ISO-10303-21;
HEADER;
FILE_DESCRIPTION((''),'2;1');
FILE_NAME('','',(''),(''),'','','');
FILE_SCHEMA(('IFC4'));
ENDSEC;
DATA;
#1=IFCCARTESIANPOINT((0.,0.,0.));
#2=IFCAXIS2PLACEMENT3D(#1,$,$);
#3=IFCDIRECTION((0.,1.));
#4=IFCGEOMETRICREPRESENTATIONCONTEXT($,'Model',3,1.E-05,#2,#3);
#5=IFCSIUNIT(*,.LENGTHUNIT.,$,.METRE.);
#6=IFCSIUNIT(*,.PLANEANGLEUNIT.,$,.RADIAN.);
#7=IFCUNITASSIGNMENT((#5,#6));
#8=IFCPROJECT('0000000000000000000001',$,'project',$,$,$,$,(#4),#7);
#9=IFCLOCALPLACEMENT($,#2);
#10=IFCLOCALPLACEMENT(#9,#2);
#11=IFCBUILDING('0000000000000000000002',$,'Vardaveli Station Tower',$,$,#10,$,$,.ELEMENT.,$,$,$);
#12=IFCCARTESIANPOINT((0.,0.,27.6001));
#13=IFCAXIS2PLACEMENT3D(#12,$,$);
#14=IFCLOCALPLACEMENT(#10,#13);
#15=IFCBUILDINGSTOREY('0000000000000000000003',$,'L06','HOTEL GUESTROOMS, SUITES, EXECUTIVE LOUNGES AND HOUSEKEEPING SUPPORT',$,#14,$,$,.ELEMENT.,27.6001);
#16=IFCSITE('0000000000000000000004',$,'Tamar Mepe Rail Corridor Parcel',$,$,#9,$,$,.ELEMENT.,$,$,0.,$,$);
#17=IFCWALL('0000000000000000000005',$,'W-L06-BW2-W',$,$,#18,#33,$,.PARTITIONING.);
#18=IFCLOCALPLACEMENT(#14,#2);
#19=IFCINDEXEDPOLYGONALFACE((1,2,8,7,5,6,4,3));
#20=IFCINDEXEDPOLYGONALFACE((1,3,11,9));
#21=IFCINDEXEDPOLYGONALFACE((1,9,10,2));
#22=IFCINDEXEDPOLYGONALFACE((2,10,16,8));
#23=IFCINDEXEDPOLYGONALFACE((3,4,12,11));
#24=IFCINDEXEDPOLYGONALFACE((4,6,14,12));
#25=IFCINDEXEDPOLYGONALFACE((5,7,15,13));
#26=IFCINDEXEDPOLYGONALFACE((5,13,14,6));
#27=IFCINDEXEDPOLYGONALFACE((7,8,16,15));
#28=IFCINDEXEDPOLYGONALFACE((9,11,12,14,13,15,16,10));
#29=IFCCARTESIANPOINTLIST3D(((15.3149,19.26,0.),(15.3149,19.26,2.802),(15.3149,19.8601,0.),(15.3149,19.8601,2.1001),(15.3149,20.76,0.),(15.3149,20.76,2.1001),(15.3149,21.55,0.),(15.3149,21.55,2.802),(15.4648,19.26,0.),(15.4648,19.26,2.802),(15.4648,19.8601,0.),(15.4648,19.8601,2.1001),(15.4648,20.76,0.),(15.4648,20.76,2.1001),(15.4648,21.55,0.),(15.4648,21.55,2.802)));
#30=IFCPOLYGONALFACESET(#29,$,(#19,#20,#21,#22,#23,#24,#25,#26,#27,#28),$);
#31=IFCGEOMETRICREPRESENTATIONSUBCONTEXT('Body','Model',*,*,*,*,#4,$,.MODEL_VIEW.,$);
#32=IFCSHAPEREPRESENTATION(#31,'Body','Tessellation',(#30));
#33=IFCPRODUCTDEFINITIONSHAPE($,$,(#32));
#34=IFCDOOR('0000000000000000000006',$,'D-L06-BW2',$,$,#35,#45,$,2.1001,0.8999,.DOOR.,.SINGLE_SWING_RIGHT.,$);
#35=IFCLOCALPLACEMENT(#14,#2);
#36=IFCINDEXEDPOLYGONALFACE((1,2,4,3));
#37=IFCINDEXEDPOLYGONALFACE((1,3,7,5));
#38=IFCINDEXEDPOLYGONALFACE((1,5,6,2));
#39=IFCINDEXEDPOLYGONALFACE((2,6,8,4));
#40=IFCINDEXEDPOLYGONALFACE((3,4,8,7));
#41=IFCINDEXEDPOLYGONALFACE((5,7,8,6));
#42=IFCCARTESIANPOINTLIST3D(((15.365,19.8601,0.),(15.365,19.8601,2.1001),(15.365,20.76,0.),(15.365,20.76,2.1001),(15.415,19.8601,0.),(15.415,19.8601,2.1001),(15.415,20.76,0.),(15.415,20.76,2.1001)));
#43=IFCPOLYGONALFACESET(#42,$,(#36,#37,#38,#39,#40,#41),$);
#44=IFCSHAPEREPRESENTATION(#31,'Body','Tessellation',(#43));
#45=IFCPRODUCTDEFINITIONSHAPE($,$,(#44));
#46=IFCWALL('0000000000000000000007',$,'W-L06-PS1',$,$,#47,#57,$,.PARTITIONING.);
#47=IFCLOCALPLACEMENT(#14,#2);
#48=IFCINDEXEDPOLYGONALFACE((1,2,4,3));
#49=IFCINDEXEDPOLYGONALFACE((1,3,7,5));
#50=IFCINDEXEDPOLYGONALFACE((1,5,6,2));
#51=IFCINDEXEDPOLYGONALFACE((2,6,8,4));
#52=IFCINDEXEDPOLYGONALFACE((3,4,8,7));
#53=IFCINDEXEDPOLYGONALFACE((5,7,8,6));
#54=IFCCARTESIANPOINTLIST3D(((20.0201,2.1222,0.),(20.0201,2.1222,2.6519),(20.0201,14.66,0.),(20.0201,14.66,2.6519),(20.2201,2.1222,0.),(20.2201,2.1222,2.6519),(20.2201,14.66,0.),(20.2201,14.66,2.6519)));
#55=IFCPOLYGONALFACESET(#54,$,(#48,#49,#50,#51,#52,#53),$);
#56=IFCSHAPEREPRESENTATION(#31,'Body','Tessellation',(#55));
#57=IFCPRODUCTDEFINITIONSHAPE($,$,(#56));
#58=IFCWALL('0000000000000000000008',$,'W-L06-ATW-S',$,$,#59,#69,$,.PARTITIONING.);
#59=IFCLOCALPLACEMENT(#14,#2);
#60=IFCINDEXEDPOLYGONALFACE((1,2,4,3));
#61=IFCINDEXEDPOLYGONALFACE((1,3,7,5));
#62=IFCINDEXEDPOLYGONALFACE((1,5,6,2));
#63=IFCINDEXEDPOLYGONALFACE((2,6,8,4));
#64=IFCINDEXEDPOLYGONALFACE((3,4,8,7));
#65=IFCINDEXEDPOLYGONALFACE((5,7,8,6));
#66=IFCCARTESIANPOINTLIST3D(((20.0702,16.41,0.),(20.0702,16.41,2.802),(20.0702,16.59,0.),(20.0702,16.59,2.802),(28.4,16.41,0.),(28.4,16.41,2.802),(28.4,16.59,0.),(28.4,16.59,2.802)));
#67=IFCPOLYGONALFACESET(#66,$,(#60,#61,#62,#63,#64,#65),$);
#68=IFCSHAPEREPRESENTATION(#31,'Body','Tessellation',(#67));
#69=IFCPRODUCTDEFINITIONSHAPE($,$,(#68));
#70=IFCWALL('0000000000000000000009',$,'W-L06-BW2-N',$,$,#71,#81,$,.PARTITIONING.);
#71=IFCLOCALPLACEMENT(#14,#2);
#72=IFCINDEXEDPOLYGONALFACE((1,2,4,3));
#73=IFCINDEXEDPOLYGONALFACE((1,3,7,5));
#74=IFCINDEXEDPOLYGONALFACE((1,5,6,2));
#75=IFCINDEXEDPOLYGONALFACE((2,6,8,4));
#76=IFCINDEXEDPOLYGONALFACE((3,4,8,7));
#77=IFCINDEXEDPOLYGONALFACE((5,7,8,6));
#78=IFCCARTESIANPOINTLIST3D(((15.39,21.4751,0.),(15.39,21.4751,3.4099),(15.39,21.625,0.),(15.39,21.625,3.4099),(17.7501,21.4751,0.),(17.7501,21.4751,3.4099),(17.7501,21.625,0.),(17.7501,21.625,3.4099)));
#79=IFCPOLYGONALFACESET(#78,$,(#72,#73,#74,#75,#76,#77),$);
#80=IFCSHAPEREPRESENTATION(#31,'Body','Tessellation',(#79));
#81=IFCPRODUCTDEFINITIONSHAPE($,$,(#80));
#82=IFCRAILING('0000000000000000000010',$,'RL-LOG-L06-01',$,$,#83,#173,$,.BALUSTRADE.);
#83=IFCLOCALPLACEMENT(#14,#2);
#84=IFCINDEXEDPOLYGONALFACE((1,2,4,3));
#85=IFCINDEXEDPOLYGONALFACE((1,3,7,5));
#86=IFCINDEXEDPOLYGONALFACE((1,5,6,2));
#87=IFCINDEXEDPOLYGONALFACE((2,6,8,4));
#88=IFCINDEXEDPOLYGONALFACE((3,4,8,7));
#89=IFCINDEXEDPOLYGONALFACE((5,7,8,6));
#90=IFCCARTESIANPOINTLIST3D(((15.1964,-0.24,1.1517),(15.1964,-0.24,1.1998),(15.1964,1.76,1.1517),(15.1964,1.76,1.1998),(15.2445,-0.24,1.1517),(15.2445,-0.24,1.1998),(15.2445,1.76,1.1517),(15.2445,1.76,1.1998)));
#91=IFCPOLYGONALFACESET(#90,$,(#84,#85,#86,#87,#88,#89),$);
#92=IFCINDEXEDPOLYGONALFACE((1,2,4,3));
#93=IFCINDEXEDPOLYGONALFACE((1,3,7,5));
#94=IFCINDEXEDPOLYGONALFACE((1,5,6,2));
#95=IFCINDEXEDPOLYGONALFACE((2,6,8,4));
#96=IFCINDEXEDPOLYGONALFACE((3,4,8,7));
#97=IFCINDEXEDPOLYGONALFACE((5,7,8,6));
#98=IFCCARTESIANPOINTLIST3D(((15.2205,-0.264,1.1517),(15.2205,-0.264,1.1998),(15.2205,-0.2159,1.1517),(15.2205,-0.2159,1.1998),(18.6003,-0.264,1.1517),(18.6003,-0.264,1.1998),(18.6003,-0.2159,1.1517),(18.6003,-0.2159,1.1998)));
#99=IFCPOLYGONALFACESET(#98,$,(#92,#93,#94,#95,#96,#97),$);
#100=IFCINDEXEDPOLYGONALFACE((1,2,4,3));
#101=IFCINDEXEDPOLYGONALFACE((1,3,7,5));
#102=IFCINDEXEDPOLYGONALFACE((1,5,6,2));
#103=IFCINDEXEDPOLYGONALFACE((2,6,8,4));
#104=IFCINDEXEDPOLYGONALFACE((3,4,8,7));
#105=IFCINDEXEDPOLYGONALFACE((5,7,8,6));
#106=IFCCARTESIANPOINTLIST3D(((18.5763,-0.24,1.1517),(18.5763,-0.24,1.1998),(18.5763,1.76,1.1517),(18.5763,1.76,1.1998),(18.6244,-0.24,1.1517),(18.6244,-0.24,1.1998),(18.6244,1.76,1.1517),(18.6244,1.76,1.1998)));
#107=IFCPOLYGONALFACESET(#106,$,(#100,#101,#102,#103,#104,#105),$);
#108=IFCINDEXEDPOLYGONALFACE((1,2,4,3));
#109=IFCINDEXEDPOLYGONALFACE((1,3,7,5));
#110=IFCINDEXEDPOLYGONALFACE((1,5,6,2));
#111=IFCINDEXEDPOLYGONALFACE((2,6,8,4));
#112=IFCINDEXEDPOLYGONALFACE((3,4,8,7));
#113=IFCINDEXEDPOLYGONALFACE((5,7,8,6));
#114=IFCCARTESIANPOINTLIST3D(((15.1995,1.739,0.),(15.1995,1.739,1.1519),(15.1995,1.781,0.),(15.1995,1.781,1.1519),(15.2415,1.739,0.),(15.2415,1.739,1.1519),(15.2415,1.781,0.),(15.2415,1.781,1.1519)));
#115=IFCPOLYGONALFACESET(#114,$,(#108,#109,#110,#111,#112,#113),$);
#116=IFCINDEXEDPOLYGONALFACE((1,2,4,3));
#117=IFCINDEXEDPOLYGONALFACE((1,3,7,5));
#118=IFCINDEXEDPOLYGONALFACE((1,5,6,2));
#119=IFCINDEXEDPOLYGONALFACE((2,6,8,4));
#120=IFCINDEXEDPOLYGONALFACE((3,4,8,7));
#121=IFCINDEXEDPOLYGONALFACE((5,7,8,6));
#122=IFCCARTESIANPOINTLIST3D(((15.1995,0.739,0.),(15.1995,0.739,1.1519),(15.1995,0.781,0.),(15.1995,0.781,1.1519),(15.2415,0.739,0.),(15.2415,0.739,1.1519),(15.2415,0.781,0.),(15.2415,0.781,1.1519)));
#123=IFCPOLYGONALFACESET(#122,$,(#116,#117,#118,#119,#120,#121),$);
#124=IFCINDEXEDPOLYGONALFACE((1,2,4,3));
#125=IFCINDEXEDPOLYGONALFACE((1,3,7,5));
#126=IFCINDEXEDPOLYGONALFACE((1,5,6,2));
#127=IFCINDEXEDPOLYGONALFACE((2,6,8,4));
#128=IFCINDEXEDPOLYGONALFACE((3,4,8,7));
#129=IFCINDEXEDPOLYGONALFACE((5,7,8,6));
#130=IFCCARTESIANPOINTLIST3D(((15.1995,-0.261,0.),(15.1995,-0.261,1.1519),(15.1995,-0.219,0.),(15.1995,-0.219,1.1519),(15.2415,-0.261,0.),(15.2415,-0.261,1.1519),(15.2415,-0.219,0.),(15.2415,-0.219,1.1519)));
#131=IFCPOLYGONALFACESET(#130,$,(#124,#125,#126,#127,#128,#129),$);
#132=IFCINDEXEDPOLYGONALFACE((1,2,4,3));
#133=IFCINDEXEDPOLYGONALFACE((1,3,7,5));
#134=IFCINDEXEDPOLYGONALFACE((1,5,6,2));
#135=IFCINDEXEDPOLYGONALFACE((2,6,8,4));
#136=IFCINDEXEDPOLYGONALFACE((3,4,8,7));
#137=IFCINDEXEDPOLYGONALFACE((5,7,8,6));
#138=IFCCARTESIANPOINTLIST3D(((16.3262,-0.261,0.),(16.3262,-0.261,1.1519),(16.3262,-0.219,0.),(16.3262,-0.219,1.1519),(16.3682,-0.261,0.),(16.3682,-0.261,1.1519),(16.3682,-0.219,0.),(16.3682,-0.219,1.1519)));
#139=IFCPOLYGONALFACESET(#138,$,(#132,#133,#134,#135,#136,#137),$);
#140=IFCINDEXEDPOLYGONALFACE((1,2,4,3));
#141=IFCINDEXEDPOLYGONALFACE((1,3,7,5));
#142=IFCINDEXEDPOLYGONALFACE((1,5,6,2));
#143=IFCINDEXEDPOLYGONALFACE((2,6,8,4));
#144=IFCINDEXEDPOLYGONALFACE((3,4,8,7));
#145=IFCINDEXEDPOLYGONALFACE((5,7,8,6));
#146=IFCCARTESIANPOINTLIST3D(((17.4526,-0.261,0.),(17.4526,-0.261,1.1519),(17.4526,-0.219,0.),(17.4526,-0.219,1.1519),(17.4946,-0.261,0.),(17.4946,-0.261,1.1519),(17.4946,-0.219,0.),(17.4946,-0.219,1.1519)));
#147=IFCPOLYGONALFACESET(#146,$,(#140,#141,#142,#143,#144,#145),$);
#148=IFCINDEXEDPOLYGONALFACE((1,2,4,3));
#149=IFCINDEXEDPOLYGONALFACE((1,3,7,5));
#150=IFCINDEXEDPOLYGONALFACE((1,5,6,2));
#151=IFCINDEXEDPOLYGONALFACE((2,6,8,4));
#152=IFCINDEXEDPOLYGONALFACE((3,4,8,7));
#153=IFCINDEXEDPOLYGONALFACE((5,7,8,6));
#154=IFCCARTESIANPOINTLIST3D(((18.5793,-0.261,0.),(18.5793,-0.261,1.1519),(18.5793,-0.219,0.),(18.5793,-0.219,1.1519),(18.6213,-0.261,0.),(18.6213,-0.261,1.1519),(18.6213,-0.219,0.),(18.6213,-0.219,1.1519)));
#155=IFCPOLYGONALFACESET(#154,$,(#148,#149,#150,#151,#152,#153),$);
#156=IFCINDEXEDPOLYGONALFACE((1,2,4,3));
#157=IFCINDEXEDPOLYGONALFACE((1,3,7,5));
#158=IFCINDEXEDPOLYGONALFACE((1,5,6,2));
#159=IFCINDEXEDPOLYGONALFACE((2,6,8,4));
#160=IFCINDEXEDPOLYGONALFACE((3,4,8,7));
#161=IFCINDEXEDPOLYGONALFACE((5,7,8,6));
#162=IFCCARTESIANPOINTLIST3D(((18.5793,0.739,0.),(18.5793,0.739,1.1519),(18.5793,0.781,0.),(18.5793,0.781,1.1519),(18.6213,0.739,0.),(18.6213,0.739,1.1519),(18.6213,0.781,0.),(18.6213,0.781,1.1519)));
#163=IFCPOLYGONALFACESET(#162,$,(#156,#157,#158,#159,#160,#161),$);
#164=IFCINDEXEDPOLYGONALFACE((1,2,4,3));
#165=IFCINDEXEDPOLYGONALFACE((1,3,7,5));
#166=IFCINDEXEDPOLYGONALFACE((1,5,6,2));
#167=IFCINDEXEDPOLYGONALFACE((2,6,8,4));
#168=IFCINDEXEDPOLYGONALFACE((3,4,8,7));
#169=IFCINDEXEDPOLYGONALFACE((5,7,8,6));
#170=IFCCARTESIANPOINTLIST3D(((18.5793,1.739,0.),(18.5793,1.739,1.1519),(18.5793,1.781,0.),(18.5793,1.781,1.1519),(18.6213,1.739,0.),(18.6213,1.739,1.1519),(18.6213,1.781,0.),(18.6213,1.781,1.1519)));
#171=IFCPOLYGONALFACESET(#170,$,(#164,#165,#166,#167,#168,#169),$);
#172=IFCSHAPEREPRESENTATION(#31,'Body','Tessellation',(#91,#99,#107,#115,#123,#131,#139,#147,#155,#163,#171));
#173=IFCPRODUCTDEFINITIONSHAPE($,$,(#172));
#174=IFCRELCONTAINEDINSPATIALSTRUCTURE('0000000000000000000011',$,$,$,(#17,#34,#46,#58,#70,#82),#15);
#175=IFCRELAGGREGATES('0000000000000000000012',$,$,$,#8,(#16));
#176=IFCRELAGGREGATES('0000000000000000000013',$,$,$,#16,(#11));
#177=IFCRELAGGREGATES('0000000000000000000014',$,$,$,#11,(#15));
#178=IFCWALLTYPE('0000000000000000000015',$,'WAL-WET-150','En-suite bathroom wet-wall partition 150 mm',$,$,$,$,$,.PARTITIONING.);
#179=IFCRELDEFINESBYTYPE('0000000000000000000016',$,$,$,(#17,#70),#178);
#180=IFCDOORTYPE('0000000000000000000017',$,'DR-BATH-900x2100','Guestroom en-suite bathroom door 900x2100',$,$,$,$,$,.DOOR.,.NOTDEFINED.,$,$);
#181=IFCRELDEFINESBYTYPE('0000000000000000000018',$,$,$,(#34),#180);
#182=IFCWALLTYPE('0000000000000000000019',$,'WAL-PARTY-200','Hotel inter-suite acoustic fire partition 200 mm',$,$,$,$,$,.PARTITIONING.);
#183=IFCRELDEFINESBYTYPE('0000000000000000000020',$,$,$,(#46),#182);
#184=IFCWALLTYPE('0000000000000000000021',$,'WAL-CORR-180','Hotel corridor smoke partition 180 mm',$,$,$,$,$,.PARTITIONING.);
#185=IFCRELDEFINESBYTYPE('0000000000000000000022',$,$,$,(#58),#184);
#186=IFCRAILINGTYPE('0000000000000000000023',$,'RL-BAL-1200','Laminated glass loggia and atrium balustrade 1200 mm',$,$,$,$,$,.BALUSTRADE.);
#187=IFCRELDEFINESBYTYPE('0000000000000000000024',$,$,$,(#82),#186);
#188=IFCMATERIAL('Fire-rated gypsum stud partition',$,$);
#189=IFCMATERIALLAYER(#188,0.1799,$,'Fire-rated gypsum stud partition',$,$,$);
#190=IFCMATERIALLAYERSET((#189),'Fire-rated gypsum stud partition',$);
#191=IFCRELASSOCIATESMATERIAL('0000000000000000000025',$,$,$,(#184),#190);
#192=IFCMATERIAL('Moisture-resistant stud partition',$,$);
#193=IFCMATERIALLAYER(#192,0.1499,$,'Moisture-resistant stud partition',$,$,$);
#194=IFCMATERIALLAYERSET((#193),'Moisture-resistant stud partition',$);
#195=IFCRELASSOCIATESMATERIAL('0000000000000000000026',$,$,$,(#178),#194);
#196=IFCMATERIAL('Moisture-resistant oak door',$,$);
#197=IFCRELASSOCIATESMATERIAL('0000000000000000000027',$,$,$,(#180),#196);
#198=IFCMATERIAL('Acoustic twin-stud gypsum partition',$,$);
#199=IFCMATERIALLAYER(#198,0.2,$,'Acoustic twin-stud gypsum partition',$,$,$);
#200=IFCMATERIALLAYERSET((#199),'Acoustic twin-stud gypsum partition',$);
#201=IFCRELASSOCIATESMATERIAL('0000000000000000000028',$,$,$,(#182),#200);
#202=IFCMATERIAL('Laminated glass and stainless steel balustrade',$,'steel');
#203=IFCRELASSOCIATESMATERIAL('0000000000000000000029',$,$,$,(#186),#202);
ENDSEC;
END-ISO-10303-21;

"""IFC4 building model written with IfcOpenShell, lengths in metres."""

from ifc_helpers import new_model, si_unit, direction, frame, frame_2d, origin, origin_2d, place, context, subcontext, project, spatial, rectangle, extrude, source, transform, mapped, material, layer, layer_set, type_object, element, fill, save


model = new_model("IFC4")

# Units and contexts
model_context = context("Model", 3, precision=1e-05, world=origin(), true_north=direction((0.0, 1.0)))
body_context = subcontext(model_context, "Body", "Model", "MODEL_VIEW")
ifc_project = project(units=[si_unit("LENGTHUNIT", "METRE"), si_unit("PLANEANGLEUNIT", "RADIAN")], contexts=[model_context])

# Site, building, storey
site_placement = place(None, origin())
site = spatial("IfcSite", under=ifc_project, at=site_placement, Name="Tamar Mepe Rail Corridor Parcel", CompositionType="ELEMENT", RefElevation=0.0)
building_placement = place(site_placement, origin())
building = spatial("IfcBuilding", under=site, at=building_placement, Name="Vardaveli Station Tower", CompositionType="ELEMENT")
storey_placement = place(building_placement, frame((0.0, 0.0, 27.6001)))
storey = spatial("IfcBuildingStorey", under=building, at=storey_placement, Name="L06", Description="HOTEL GUESTROOMS, SUITES, EXECUTIVE LOUNGES AND HOUSEKEEPING SUPPORT", CompositionType="ELEMENT", Elevation=27.6001)

# Shared definitions
ifc_material_1 = material(Name="Fire-rated gypsum stud partition")
ifc_layer_1 = layer(ifc_material_1, 0.1799, Name="Fire-rated gypsum stud partition")
ifc_layer_set_1 = layer_set([ifc_layer_1], Name="Fire-rated gypsum stud partition")
wall_type_1 = type_object("IfcWallType", Name="WAL-CORR-180", Description="Hotel corridor smoke partition 180 mm", PredefinedType="PARTITIONING", material=ifc_layer_set_1)

# Wall, opening, door
ifc_material_2 = material(Name="Moisture-resistant stud partition")
ifc_layer_2 = layer(ifc_material_2, 0.1499, Name="Moisture-resistant stud partition")
ifc_layer_set_2 = layer_set([ifc_layer_2], Name="Moisture-resistant stud partition")
wall_type_2 = type_object("IfcWallType", Name="WAL-WET-150", Description="En-suite bathroom wet-wall partition 150 mm", PredefinedType="PARTITIONING", material=ifc_layer_set_2)
shared_shape_1 = source(origin(), body_context, "Body", "SweptSolid", [
    extrude(rectangle(XDim=2.29, YDim=0.1499, at=frame_2d((1.145, 0.0))), origin(), (0.0, 0.0, 1.0), 2.802),
])
wall_1_placement = place(storey_placement, frame((15.3899, 19.26, 0.0), z_axis=(0.0, 0.0, 1.0), x_axis=(0.0, 1.0, 0.0)))
wall_1 = element("IfcWall", 1, at=wall_1_placement, inside=storey, type_object=wall_type_2, Name="W-L06-BW2-W", PredefinedType="PARTITIONING", context=body_context, shape_type="MappedRepresentation", body=[
    mapped(shared_shape_1, transform((0.0, 0.0, 0.0), scale=1.0)),
])
shared_shape_2 = source(origin(), body_context, "Body", "SweptSolid", [
    extrude(rectangle(XDim=0.8999, YDim=2.1001, at=frame_2d((0.45, 1.05))), frame((0.0, 0.085, 0.0), z_axis=(0.0, -1.0, 0.0), x_axis=(1.0, 0.0, 0.0)), (0.0, 0.0, 1.0), 0.1699),
])
opening_1_placement = place(wall_1_placement, frame((0.6001, 0.0, 0.0)))
opening_1 = element("IfcOpeningElement", 2, at=opening_1_placement, cuts=wall_1, PredefinedType="OPENING", context=body_context, shape_type="MappedRepresentation", body=[
    mapped(shared_shape_2, transform((0.0, 0.0, 0.0), scale=1.0)),
])
ifc_material_3 = material(Name="Moisture-resistant oak door")
door_type_1 = type_object("IfcDoorType", Name="DR-BATH-900x2100", Description="Guestroom en-suite bathroom door 900x2100", OperationType="NOTDEFINED", PredefinedType="DOOR", material=ifc_material_3)
shared_shape_3 = source(origin(), body_context, "Body", "SweptSolid", [
    extrude(rectangle(XDim=0.8999, YDim=2.1001, at=frame_2d((0.45, 1.05))), frame((0.0, 0.0249, 0.0), z_axis=(0.0, -1.0, 0.0), x_axis=(1.0, 0.0, 0.0)), (0.0, 0.0, 1.0), 0.05),
])
door_1_placement = place(opening_1_placement, origin())
door_1 = element("IfcDoor", 3, at=door_1_placement, inside=storey, type_object=door_type_1, Name="D-L06-BW2", OperationType="SINGLE_SWING_RIGHT", OverallHeight=2.1001, OverallWidth=0.8999, PredefinedType="DOOR", context=body_context, shape_type="MappedRepresentation", body=[
    mapped(shared_shape_3, transform((0.0, 0.0, 0.0), scale=1.0)),
])
fill(opening_1, door_1)

# Walls
ifc_material_4 = material(Name="Acoustic twin-stud gypsum partition")
ifc_layer_3 = layer(ifc_material_4, 0.2, Name="Acoustic twin-stud gypsum partition")
ifc_layer_set_3 = layer_set([ifc_layer_3], Name="Acoustic twin-stud gypsum partition")
wall_type_3 = type_object("IfcWallType", Name="WAL-PARTY-200", Description="Hotel inter-suite acoustic fire partition 200 mm", PredefinedType="PARTITIONING", material=ifc_layer_set_3)
shared_shape_4 = source(origin(), body_context, "Body", "SweptSolid", [
    extrude(rectangle(XDim=12.5378, YDim=0.2, at=frame_2d((6.269, 0.0))), origin(), (0.0, 0.0, 1.0), 2.6519),
])
wall_2_placement = place(storey_placement, frame((20.1201, 2.1221, 0.0), z_axis=(0.0, 0.0, 1.0), x_axis=(0.0, 1.0, 0.0)))
element("IfcWall", 4, at=wall_2_placement, inside=storey, type_object=wall_type_3, Name="W-L06-PS1", PredefinedType="PARTITIONING", context=body_context, shape_type="MappedRepresentation", body=[
    mapped(shared_shape_4, transform((0.0, 0.0, 0.0), scale=1.0)),
])
shared_shape_5 = source(origin(), body_context, "Body", "SweptSolid", [
    extrude(rectangle(XDim=8.3298, YDim=0.1799, at=frame_2d((4.165, 0.0))), origin(), (0.0, 0.0, 1.0), 2.802),
])
wall_3_placement = place(storey_placement, frame((20.0701, 16.5, 0.0), z_axis=(0.0, 0.0, 1.0), x_axis=(1.0, 0.0, 0.0)))
element("IfcWall", 5, at=wall_3_placement, inside=storey, type_object=wall_type_1, Name="W-L06-ATW-S", PredefinedType="PARTITIONING", context=body_context, shape_type="MappedRepresentation", body=[
    mapped(shared_shape_5, transform((0.0, 0.0, 0.0), scale=1.0)),
])
shared_shape_6 = source(origin(), body_context, "Body", "SweptSolid", [
    extrude(rectangle(XDim=2.3601, YDim=0.1499, at=frame_2d((1.1802, 0.0))), origin(), (0.0, 0.0, 1.0), 3.4099),
])
wall_4_placement = place(storey_placement, frame((15.3899, 21.55, 0.0), z_axis=(0.0, 0.0, 1.0), x_axis=(1.0, 0.0, 0.0)))
element("IfcWall", 6, at=wall_4_placement, inside=storey, type_object=wall_type_2, Name="W-L06-BW2-N", PredefinedType="PARTITIONING", context=body_context, shape_type="MappedRepresentation", body=[
    mapped(shared_shape_6, transform((0.0, 0.0, 0.0), scale=1.0)),
])

# Railing
ifc_material_5 = material(Name="Laminated glass and stainless steel balustrade", Category="steel")
railing_type = type_object("IfcRailingType", Name="RL-BAL-1200", Description="Laminated glass loggia and atrium balustrade 1200 mm", PredefinedType="BALUSTRADE", material=ifc_material_5)
shared_shape_7 = source(origin(), body_context, "Body", "SweptSolid", [
    extrude(rectangle(XDim=0.0481, YDim=0.0481, at=origin_2d()), frame((0.0, 0.0, 1.1758), z_axis=(0.0, -1.0, 0.0), x_axis=(1.0, 0.0, 0.0)), (0.0, 0.0, 1.0), 2.0),
    extrude(rectangle(XDim=0.0481, YDim=0.0481, at=origin_2d()), frame((0.0, -2.0, 1.1758), z_axis=(1.0, 0.0, 0.0), x_axis=(0.0, 1.0, 0.0)), (0.0, 0.0, 1.0), 3.3799),
    extrude(rectangle(XDim=0.0481, YDim=0.0481, at=origin_2d()), frame((3.3799, -2.0, 1.1758), z_axis=(0.0, 1.0, 0.0), x_axis=(-1.0, 0.0, 0.0)), (0.0, 0.0, 1.0), 2.0),
    extrude(rectangle(XDim=0.042, YDim=0.042, at=origin_2d()), origin(), (0.0, 0.0, 1.0), 1.1519),
    extrude(rectangle(XDim=0.042, YDim=0.042, at=origin_2d()), frame((0.0, -1.0, 0.0)), (0.0, 0.0, 1.0), 1.1519),
    extrude(rectangle(XDim=0.042, YDim=0.042, at=origin_2d()), frame((0.0, -2.0, 0.0)), (0.0, 0.0, 1.0), 1.1519),
    extrude(rectangle(XDim=0.042, YDim=0.042, at=origin_2d()), frame((1.1267, -2.0, 0.0)), (0.0, 0.0, 1.0), 1.1519),
    extrude(rectangle(XDim=0.042, YDim=0.042, at=origin_2d()), frame((2.2532, -2.0, 0.0)), (0.0, 0.0, 1.0), 1.1519),
    extrude(rectangle(XDim=0.042, YDim=0.042, at=origin_2d()), frame((3.3799, -2.0, 0.0)), (0.0, 0.0, 1.0), 1.1519),
    extrude(rectangle(XDim=0.042, YDim=0.042, at=origin_2d()), frame((3.3799, -1.0, 0.0)), (0.0, 0.0, 1.0), 1.1519),
    extrude(rectangle(XDim=0.042, YDim=0.042, at=origin_2d()), frame((3.3799, 0.0, 0.0)), (0.0, 0.0, 1.0), 1.1519),
])
railing_placement = place(storey_placement, frame((15.2205, 1.76, 0.0)))
element("IfcRailing", 7, at=railing_placement, inside=storey, type_object=railing_type, Name="RL-LOG-L06-01", PredefinedType="BALUSTRADE", context=body_context, shape_type="MappedRepresentation", body=[
    mapped(shared_shape_7, transform((0.0, 0.0, 0.0), scale=1.0)),
])

save(model, "model.ifc")
